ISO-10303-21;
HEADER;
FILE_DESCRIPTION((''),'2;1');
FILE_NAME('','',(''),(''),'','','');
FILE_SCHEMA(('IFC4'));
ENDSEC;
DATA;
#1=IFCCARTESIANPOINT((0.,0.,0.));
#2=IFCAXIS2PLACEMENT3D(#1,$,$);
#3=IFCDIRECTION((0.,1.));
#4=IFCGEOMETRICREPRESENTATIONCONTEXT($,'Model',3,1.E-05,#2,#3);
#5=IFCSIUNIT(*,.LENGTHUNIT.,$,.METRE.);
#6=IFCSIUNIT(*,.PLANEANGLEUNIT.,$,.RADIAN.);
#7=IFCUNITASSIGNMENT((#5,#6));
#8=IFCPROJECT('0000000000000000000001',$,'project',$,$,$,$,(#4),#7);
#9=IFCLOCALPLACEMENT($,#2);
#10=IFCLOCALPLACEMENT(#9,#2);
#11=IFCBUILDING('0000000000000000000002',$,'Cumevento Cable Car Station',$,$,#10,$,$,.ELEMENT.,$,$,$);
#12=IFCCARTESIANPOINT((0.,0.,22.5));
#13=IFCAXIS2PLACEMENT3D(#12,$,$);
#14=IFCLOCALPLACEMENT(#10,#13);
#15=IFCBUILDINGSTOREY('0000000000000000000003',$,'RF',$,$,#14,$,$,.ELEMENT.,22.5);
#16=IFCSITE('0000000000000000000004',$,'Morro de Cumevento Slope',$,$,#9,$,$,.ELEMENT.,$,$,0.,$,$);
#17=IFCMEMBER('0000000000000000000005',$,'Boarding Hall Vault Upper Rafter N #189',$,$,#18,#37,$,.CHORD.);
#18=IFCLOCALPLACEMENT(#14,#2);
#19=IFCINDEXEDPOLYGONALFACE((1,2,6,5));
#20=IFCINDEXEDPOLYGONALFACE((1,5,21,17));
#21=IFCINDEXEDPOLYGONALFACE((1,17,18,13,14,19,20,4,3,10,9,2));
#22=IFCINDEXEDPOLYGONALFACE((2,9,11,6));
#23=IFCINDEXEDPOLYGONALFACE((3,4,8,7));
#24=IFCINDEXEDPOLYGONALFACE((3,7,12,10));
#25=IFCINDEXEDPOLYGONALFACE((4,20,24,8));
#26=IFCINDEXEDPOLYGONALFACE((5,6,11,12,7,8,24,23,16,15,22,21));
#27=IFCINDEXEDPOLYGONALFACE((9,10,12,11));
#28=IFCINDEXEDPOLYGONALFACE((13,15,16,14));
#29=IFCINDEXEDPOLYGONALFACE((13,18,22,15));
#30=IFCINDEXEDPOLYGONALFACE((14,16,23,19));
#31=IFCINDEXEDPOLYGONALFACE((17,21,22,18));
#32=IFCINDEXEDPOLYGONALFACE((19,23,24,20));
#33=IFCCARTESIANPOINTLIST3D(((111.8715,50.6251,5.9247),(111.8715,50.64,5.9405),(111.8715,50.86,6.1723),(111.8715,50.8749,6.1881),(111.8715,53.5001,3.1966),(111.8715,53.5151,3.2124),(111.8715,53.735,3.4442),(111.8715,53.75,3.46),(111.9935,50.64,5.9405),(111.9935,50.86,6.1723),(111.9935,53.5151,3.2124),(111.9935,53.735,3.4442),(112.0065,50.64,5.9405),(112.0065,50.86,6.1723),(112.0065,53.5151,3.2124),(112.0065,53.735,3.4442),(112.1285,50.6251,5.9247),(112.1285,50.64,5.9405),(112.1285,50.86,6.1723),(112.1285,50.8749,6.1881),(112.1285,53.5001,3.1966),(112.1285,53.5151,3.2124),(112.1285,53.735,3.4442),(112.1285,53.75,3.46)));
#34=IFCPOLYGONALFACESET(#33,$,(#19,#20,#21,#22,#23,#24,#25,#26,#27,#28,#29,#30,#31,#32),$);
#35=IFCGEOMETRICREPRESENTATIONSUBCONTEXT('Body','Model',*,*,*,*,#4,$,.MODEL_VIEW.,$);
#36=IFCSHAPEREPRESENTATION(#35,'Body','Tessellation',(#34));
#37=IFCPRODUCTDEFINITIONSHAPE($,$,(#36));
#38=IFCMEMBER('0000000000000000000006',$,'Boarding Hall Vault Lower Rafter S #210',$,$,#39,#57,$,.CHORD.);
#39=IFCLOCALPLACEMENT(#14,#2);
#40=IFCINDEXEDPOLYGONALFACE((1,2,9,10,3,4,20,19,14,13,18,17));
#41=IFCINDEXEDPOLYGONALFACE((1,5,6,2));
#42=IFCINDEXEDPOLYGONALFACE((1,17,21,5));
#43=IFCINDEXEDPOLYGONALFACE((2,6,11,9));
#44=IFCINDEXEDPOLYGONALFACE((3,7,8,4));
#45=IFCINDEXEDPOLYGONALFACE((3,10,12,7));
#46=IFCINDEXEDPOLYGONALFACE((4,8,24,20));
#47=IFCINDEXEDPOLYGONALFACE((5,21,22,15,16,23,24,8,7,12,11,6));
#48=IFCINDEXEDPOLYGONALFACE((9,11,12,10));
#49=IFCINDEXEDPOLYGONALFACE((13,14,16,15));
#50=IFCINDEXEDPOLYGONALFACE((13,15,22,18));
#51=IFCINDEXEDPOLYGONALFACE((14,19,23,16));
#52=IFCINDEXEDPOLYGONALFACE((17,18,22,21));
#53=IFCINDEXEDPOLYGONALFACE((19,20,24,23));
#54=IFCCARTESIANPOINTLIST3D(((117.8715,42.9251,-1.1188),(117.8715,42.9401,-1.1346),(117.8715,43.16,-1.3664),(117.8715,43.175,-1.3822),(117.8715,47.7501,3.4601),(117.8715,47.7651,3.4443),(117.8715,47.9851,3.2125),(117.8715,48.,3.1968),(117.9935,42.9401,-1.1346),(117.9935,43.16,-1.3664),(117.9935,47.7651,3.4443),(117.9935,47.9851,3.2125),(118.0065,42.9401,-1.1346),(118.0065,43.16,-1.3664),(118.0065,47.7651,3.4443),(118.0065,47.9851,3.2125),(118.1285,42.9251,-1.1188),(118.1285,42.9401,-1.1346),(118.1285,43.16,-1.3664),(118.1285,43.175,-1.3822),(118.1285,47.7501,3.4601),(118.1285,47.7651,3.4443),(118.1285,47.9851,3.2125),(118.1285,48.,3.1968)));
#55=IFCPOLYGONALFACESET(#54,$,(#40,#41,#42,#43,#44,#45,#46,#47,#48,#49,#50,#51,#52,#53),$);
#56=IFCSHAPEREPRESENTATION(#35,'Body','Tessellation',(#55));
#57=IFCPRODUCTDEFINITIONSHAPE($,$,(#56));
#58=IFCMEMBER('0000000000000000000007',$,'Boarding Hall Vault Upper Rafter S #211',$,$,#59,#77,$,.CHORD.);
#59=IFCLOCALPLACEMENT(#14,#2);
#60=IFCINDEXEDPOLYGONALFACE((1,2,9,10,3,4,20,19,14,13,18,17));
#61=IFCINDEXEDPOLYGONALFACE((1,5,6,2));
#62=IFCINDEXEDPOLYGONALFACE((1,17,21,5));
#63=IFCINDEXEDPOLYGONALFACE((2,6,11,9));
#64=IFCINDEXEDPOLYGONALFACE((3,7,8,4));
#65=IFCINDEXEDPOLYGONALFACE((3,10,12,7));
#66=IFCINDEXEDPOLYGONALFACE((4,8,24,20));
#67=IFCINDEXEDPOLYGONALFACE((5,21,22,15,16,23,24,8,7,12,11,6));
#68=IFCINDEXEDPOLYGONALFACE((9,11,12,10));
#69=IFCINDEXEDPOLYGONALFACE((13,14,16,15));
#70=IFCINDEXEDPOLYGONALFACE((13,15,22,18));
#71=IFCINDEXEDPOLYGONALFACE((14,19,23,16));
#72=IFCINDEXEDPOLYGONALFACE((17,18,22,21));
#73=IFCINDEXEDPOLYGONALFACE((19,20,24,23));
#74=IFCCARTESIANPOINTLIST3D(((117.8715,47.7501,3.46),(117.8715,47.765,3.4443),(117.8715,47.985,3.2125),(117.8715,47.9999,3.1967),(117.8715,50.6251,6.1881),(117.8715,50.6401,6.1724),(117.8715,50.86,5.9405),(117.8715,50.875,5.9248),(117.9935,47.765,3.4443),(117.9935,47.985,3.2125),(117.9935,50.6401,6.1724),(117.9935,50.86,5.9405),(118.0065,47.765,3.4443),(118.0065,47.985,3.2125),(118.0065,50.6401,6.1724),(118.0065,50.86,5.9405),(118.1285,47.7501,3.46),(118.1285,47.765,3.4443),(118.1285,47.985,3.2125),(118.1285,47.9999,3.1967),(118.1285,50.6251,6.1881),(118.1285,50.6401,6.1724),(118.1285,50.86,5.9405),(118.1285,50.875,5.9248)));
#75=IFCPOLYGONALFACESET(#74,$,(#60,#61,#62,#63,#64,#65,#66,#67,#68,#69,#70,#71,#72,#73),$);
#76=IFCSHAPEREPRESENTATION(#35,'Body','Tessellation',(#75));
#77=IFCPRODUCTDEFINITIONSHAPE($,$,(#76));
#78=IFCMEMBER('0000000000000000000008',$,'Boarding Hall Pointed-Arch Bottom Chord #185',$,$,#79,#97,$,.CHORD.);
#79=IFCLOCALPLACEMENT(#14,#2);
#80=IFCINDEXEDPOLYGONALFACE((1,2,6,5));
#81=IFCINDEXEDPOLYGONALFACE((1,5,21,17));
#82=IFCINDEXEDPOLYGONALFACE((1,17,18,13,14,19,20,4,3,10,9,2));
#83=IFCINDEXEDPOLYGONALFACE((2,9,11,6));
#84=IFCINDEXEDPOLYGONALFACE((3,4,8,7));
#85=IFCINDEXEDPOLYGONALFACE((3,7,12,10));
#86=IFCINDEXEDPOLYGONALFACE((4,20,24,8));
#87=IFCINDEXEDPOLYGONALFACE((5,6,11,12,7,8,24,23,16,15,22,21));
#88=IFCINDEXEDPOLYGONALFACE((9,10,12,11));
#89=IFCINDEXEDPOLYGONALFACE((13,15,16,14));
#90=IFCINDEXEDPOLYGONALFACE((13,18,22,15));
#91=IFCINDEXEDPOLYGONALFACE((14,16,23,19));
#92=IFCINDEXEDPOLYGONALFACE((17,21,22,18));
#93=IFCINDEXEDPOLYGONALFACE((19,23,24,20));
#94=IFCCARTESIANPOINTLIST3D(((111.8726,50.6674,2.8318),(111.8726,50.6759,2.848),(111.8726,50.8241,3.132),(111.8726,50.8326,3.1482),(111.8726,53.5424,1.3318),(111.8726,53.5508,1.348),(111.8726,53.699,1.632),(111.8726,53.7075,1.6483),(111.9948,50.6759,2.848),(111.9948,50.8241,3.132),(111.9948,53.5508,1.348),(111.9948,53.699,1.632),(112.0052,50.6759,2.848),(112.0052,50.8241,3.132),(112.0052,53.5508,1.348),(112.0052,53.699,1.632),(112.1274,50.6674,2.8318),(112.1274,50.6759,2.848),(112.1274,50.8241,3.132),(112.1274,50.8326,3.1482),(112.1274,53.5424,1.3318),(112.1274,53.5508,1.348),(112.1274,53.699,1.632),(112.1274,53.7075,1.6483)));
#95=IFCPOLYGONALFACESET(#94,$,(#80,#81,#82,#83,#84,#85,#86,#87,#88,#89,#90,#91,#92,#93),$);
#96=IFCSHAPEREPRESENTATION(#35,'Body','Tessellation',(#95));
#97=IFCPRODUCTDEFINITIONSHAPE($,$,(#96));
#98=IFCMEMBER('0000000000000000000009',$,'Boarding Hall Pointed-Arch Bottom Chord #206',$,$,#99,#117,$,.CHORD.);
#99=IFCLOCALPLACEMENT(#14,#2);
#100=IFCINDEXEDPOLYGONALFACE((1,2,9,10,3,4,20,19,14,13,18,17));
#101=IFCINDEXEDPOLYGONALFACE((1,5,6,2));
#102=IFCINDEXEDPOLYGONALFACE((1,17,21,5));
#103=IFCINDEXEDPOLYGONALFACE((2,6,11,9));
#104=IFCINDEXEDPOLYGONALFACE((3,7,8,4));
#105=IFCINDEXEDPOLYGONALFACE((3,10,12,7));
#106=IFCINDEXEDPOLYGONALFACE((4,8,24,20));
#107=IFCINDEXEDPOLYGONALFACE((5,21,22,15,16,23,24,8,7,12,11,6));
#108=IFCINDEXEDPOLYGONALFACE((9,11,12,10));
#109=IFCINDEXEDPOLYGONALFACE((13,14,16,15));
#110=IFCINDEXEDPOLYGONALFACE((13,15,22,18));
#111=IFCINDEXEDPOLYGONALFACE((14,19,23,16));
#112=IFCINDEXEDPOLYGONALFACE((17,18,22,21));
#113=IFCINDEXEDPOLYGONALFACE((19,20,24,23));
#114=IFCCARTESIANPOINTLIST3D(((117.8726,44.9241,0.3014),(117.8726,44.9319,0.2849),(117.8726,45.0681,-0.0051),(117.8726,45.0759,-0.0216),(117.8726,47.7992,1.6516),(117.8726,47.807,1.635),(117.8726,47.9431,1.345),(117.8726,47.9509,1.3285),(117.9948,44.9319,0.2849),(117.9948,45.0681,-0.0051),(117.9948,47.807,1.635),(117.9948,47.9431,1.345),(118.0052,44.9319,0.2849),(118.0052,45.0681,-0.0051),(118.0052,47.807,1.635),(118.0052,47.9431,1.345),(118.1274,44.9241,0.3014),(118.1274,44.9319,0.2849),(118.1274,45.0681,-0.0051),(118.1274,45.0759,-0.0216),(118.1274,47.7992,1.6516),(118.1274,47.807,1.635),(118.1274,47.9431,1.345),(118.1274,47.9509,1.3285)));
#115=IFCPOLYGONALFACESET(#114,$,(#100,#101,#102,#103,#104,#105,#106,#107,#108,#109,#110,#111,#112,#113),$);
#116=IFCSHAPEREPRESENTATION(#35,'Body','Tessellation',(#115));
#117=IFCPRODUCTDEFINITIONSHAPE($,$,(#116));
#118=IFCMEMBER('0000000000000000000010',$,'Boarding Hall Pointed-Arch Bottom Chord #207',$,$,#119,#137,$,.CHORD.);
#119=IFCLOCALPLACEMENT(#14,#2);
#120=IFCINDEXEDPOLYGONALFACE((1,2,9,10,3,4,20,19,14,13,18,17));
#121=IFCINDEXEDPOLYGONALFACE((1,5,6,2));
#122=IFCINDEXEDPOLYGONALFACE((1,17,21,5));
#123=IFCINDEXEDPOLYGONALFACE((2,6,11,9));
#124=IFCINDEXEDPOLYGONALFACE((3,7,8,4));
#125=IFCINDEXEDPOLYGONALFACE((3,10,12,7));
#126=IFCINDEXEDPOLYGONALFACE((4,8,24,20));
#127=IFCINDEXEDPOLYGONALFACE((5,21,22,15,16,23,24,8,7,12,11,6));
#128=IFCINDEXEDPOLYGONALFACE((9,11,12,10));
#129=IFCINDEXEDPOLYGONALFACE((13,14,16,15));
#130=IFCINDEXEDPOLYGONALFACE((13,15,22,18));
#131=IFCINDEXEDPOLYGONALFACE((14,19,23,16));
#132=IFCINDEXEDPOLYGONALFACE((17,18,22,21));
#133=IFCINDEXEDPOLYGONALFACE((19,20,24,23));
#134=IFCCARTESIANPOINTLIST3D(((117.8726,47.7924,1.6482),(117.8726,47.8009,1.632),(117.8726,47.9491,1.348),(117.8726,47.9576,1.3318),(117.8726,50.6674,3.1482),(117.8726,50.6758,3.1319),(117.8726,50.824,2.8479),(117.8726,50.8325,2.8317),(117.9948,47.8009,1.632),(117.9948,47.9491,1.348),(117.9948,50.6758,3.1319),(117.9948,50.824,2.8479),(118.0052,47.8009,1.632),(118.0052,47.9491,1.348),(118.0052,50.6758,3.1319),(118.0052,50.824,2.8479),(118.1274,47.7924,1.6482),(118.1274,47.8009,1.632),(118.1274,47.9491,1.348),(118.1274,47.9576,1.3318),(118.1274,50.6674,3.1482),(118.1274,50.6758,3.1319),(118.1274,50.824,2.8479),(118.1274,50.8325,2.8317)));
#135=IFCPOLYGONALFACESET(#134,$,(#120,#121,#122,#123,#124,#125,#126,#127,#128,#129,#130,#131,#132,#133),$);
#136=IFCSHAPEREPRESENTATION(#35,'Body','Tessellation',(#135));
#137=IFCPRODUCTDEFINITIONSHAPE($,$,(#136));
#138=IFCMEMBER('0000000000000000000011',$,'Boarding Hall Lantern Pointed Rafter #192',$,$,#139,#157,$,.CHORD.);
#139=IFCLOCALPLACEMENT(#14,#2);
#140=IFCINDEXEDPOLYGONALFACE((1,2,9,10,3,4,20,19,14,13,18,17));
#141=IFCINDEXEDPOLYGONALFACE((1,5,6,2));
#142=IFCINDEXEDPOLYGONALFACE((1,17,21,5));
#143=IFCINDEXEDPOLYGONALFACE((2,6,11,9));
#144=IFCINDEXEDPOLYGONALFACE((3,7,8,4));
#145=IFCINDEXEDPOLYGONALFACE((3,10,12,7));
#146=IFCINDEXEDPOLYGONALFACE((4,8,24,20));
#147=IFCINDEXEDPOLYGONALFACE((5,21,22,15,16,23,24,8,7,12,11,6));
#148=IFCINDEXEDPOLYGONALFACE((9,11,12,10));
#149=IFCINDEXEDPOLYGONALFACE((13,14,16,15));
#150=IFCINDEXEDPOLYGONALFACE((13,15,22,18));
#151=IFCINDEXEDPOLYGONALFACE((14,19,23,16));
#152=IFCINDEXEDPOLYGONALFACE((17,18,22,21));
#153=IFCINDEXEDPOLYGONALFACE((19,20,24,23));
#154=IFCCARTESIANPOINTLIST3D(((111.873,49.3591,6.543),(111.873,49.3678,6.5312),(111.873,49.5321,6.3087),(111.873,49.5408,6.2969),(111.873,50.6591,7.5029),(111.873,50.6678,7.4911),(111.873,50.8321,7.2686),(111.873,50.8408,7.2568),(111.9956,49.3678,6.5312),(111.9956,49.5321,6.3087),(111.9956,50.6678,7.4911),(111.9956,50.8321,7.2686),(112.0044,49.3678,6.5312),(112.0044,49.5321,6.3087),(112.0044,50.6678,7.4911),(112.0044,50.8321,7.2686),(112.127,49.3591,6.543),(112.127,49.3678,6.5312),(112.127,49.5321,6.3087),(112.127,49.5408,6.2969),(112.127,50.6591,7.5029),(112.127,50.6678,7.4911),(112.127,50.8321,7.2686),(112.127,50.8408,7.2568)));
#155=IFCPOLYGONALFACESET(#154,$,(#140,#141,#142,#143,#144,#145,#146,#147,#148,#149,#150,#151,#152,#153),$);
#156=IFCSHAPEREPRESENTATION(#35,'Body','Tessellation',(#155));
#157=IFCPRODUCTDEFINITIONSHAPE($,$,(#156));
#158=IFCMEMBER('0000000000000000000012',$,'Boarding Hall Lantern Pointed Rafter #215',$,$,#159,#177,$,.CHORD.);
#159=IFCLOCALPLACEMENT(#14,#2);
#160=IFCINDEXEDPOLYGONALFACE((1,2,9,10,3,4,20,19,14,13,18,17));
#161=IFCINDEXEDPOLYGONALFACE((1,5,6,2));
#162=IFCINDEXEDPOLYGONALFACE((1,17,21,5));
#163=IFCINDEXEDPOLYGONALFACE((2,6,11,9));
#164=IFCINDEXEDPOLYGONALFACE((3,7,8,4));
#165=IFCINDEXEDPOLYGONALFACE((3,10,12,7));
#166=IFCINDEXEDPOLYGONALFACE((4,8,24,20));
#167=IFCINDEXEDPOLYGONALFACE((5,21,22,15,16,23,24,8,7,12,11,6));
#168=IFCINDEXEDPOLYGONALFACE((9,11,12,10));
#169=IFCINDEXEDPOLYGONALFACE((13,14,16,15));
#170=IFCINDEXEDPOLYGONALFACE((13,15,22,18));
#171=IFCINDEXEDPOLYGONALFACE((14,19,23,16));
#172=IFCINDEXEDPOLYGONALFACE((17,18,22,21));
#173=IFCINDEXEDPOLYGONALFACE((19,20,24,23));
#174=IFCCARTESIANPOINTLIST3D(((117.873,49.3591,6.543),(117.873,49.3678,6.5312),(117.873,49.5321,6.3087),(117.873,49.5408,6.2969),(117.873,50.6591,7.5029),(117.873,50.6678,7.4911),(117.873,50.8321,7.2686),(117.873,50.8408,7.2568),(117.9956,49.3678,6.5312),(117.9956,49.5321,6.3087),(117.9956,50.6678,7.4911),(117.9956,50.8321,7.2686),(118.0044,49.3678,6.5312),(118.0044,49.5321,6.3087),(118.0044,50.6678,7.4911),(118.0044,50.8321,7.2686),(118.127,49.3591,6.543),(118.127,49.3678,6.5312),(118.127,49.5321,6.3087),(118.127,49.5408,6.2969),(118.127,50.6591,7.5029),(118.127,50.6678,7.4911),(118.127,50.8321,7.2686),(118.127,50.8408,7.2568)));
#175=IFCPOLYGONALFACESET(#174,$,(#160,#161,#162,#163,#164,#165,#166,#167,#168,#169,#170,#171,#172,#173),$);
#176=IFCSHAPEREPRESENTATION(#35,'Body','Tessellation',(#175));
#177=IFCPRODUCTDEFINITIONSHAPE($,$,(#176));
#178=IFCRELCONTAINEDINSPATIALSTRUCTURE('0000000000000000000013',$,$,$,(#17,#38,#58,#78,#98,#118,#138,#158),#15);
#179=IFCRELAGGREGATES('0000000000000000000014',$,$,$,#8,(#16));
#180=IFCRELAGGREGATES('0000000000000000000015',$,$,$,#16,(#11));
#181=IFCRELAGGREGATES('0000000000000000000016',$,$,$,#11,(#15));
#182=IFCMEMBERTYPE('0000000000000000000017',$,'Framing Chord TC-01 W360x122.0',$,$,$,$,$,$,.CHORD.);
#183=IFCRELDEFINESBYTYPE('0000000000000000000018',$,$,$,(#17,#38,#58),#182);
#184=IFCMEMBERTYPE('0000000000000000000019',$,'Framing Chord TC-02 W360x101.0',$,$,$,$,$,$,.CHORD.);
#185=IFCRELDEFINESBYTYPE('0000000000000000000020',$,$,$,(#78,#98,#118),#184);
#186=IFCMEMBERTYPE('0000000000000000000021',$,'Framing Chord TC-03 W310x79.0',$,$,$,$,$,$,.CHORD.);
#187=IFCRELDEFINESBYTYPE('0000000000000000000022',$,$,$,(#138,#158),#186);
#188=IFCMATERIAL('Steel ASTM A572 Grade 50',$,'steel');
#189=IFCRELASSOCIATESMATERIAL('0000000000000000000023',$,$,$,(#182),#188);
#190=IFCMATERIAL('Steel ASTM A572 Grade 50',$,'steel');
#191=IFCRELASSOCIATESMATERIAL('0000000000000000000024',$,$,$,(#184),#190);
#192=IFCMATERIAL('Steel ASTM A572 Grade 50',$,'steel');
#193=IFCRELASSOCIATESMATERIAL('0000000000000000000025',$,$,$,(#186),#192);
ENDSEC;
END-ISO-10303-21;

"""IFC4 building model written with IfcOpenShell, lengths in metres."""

from ifc_helpers import new_model, si_unit, direction, frame, origin, origin_2d, place, context, subcontext, project, spatial, i_section, extrude, material, material_profile, profile_set, type_object, element, save


model = new_model("IFC4")

# Units and contexts
model_context = context("Model", 3, precision=1e-05, world=origin(), true_north=direction((0.0, 1.0)))
body_context = subcontext(model_context, "Body", "Model", "MODEL_VIEW")
ifc_project = project(units=[si_unit("LENGTHUNIT", "METRE"), si_unit("PLANEANGLEUNIT", "RADIAN")], contexts=[model_context])

# Site, building, storey
site_placement = place(None, origin())
site = spatial("IfcSite", under=ifc_project, at=site_placement, Name="Morro de Cumevento Slope", CompositionType="ELEMENT", RefElevation=0.0)
building_placement = place(site_placement, origin())
building = spatial("IfcBuilding", under=site, at=building_placement, Name="Cumevento Cable Car Station", CompositionType="ELEMENT")
storey_placement = place(building_placement, frame((0.0, 0.0, 22.5)))
storey = spatial("IfcBuildingStorey", under=building, at=storey_placement, Name="RF", CompositionType="ELEMENT", Elevation=22.5)

# Members
ifc_material_1 = material(Name="Steel ASTM A572 Grade 50", Category="steel")
ifc_material_profile_1 = material_profile(ifc_material_1, i_section(OverallWidth=0.2571, OverallDepth=0.363, WebThickness=0.0129, FlangeThickness=0.0217, at=origin_2d()), Name="W360x122.0")
ifc_profile_set_1 = profile_set([ifc_material_profile_1], Name="Steel ASTM A572 Grade 50")
member_type_1 = type_object("IfcMemberType", Name="Framing Chord TC-01 W360x122.0", PredefinedType="CHORD", material=ifc_profile_set_1)
for number, where, z_axis, x_axis, name in (
    (1, (112.0, 50.75, 6.0564), (0.0, 0.725405, -0.688322), (-1.0, 0.0, 0.0), "Boarding Hall Vault Upper Rafter N #189"),
):
    element("IfcMember", number, at=place(storey_placement, frame(where, z_axis=z_axis, x_axis=x_axis)), inside=storey, type_object=member_type_1, Name=name, PredefinedType="CHORD", context=body_context, shape_type="SweptSolid", body=[
        extrude(i_section(OverallWidth=0.2571, OverallDepth=0.363, WebThickness=0.0129, FlangeThickness=0.0217, at=origin_2d()), origin(), (0.0, 0.0, 1.0), 3.9634),
    ])
member_1_placement = place(storey_placement, frame((118.0, 43.05, -1.2505), z_axis=(0.0, 0.725363, 0.688366), x_axis=(-1.0, 0.0, 0.0)))
element("IfcMember", 2, at=member_1_placement, inside=storey, type_object=member_type_1, Name="Boarding Hall Vault Lower Rafter S #210", PredefinedType="CHORD", context=body_context, shape_type="SweptSolid", body=[
    extrude(i_section(OverallWidth=0.2571, OverallDepth=0.363, WebThickness=0.0129, FlangeThickness=0.0217, at=origin_2d()), origin(), (0.0, 0.0, 1.0), 6.6519),
])
member_2_placement = place(storey_placement, frame((118.0, 47.875, 3.3284), z_axis=(0.0, 0.725405, 0.688322), x_axis=(-1.0, 0.0, 0.0)))
element("IfcMember", 3, at=member_2_placement, inside=storey, type_object=member_type_1, Name="Boarding Hall Vault Upper Rafter S #211", PredefinedType="CHORD", context=body_context, shape_type="SweptSolid", body=[
    extrude(i_section(OverallWidth=0.2571, OverallDepth=0.363, WebThickness=0.0129, FlangeThickness=0.0217, at=origin_2d()), origin(), (0.0, 0.0, 1.0), 3.9634),
])
ifc_material_2 = material(Name="Steel ASTM A572 Grade 50", Category="steel")
ifc_material_profile_2 = material_profile(ifc_material_2, i_section(OverallWidth=0.2549, OverallDepth=0.3569, WebThickness=0.0105, FlangeThickness=0.0183, at=origin_2d()), Name="W360x101.0")
ifc_profile_set_2 = profile_set([ifc_material_profile_2], Name="Steel ASTM A572 Grade 50")
member_type_2 = type_object("IfcMemberType", Name="Framing Chord TC-02 W360x101.0", PredefinedType="CHORD", material=ifc_profile_set_2)
member_3_placement = place(storey_placement, frame((112.0, 50.75, 2.99), z_axis=(0.0, 0.886585, -0.462566), x_axis=(-1.0, 0.0, 0.0)))
element("IfcMember", 4, at=member_3_placement, inside=storey, type_object=member_type_2, Name="Boarding Hall Pointed-Arch Bottom Chord #185", PredefinedType="CHORD", context=body_context, shape_type="SweptSolid", body=[
    extrude(i_section(OverallWidth=0.2549, OverallDepth=0.3569, WebThickness=0.0105, FlangeThickness=0.0183, at=origin_2d()), origin(), (0.0, 0.0, 1.0), 3.2427),
])
member_4_placement = place(storey_placement, frame((118.0, 45.0, 0.1399), z_axis=(0.0, 0.905163, 0.425064), x_axis=(-1.0, 0.0, 0.0)))
element("IfcMember", 5, at=member_4_placement, inside=storey, type_object=member_type_2, Name="Boarding Hall Pointed-Arch Bottom Chord #206", PredefinedType="CHORD", context=body_context, shape_type="SweptSolid", body=[
    extrude(i_section(OverallWidth=0.2549, OverallDepth=0.3569, WebThickness=0.0105, FlangeThickness=0.0183, at=origin_2d()), origin(), (0.0, 0.0, 1.0), 3.1763),
])
member_5_placement = place(storey_placement, frame((118.0, 47.875, 1.49), z_axis=(0.0, 0.886585, 0.462566), x_axis=(-1.0, 0.0, 0.0)))
element("IfcMember", 6, at=member_5_placement, inside=storey, type_object=member_type_2, Name="Boarding Hall Pointed-Arch Bottom Chord #207", PredefinedType="CHORD", context=body_context, shape_type="SweptSolid", body=[
    extrude(i_section(OverallWidth=0.2549, OverallDepth=0.3569, WebThickness=0.0105, FlangeThickness=0.0183, at=origin_2d()), origin(), (0.0, 0.0, 1.0), 3.2427),
])
ifc_material_3 = material(Name="Steel ASTM A572 Grade 50", Category="steel")
ifc_material_profile_3 = material_profile(ifc_material_3, i_section(OverallWidth=0.2539, OverallDepth=0.3059, WebThickness=0.0088, FlangeThickness=0.0146, at=origin_2d()), Name="W310x79.0")
ifc_profile_set_3 = profile_set([ifc_material_profile_3], Name="Steel ASTM A572 Grade 50")
member_type_3 = type_object("IfcMemberType", Name="Framing Chord TC-03 W310x79.0", PredefinedType="CHORD", material=ifc_profile_set_3)
for number, where, z_axis, x_axis, name in (
    (7, (112.0, 49.45, 6.4199), (0.0, 0.804455, 0.594013), (-1.0, 0.0, 0.0), "Boarding Hall Lantern Pointed Rafter #192"),
    (8, (118.0, 49.45, 6.4199), (0.0, 0.804455, 0.594013), (-1.0, 0.0, 0.0), "Boarding Hall Lantern Pointed Rafter #215"),
):
    element("IfcMember", number, at=place(storey_placement, frame(where, z_axis=z_axis, x_axis=x_axis)), inside=storey, type_object=member_type_3, Name=name, PredefinedType="CHORD", context=body_context, shape_type="SweptSolid", body=[
        extrude(i_section(OverallWidth=0.2539, OverallDepth=0.3059, WebThickness=0.0088, FlangeThickness=0.0146, at=origin_2d()), origin(), (0.0, 0.0, 1.0), 1.616),
    ])

save(model, "model.ifc")
